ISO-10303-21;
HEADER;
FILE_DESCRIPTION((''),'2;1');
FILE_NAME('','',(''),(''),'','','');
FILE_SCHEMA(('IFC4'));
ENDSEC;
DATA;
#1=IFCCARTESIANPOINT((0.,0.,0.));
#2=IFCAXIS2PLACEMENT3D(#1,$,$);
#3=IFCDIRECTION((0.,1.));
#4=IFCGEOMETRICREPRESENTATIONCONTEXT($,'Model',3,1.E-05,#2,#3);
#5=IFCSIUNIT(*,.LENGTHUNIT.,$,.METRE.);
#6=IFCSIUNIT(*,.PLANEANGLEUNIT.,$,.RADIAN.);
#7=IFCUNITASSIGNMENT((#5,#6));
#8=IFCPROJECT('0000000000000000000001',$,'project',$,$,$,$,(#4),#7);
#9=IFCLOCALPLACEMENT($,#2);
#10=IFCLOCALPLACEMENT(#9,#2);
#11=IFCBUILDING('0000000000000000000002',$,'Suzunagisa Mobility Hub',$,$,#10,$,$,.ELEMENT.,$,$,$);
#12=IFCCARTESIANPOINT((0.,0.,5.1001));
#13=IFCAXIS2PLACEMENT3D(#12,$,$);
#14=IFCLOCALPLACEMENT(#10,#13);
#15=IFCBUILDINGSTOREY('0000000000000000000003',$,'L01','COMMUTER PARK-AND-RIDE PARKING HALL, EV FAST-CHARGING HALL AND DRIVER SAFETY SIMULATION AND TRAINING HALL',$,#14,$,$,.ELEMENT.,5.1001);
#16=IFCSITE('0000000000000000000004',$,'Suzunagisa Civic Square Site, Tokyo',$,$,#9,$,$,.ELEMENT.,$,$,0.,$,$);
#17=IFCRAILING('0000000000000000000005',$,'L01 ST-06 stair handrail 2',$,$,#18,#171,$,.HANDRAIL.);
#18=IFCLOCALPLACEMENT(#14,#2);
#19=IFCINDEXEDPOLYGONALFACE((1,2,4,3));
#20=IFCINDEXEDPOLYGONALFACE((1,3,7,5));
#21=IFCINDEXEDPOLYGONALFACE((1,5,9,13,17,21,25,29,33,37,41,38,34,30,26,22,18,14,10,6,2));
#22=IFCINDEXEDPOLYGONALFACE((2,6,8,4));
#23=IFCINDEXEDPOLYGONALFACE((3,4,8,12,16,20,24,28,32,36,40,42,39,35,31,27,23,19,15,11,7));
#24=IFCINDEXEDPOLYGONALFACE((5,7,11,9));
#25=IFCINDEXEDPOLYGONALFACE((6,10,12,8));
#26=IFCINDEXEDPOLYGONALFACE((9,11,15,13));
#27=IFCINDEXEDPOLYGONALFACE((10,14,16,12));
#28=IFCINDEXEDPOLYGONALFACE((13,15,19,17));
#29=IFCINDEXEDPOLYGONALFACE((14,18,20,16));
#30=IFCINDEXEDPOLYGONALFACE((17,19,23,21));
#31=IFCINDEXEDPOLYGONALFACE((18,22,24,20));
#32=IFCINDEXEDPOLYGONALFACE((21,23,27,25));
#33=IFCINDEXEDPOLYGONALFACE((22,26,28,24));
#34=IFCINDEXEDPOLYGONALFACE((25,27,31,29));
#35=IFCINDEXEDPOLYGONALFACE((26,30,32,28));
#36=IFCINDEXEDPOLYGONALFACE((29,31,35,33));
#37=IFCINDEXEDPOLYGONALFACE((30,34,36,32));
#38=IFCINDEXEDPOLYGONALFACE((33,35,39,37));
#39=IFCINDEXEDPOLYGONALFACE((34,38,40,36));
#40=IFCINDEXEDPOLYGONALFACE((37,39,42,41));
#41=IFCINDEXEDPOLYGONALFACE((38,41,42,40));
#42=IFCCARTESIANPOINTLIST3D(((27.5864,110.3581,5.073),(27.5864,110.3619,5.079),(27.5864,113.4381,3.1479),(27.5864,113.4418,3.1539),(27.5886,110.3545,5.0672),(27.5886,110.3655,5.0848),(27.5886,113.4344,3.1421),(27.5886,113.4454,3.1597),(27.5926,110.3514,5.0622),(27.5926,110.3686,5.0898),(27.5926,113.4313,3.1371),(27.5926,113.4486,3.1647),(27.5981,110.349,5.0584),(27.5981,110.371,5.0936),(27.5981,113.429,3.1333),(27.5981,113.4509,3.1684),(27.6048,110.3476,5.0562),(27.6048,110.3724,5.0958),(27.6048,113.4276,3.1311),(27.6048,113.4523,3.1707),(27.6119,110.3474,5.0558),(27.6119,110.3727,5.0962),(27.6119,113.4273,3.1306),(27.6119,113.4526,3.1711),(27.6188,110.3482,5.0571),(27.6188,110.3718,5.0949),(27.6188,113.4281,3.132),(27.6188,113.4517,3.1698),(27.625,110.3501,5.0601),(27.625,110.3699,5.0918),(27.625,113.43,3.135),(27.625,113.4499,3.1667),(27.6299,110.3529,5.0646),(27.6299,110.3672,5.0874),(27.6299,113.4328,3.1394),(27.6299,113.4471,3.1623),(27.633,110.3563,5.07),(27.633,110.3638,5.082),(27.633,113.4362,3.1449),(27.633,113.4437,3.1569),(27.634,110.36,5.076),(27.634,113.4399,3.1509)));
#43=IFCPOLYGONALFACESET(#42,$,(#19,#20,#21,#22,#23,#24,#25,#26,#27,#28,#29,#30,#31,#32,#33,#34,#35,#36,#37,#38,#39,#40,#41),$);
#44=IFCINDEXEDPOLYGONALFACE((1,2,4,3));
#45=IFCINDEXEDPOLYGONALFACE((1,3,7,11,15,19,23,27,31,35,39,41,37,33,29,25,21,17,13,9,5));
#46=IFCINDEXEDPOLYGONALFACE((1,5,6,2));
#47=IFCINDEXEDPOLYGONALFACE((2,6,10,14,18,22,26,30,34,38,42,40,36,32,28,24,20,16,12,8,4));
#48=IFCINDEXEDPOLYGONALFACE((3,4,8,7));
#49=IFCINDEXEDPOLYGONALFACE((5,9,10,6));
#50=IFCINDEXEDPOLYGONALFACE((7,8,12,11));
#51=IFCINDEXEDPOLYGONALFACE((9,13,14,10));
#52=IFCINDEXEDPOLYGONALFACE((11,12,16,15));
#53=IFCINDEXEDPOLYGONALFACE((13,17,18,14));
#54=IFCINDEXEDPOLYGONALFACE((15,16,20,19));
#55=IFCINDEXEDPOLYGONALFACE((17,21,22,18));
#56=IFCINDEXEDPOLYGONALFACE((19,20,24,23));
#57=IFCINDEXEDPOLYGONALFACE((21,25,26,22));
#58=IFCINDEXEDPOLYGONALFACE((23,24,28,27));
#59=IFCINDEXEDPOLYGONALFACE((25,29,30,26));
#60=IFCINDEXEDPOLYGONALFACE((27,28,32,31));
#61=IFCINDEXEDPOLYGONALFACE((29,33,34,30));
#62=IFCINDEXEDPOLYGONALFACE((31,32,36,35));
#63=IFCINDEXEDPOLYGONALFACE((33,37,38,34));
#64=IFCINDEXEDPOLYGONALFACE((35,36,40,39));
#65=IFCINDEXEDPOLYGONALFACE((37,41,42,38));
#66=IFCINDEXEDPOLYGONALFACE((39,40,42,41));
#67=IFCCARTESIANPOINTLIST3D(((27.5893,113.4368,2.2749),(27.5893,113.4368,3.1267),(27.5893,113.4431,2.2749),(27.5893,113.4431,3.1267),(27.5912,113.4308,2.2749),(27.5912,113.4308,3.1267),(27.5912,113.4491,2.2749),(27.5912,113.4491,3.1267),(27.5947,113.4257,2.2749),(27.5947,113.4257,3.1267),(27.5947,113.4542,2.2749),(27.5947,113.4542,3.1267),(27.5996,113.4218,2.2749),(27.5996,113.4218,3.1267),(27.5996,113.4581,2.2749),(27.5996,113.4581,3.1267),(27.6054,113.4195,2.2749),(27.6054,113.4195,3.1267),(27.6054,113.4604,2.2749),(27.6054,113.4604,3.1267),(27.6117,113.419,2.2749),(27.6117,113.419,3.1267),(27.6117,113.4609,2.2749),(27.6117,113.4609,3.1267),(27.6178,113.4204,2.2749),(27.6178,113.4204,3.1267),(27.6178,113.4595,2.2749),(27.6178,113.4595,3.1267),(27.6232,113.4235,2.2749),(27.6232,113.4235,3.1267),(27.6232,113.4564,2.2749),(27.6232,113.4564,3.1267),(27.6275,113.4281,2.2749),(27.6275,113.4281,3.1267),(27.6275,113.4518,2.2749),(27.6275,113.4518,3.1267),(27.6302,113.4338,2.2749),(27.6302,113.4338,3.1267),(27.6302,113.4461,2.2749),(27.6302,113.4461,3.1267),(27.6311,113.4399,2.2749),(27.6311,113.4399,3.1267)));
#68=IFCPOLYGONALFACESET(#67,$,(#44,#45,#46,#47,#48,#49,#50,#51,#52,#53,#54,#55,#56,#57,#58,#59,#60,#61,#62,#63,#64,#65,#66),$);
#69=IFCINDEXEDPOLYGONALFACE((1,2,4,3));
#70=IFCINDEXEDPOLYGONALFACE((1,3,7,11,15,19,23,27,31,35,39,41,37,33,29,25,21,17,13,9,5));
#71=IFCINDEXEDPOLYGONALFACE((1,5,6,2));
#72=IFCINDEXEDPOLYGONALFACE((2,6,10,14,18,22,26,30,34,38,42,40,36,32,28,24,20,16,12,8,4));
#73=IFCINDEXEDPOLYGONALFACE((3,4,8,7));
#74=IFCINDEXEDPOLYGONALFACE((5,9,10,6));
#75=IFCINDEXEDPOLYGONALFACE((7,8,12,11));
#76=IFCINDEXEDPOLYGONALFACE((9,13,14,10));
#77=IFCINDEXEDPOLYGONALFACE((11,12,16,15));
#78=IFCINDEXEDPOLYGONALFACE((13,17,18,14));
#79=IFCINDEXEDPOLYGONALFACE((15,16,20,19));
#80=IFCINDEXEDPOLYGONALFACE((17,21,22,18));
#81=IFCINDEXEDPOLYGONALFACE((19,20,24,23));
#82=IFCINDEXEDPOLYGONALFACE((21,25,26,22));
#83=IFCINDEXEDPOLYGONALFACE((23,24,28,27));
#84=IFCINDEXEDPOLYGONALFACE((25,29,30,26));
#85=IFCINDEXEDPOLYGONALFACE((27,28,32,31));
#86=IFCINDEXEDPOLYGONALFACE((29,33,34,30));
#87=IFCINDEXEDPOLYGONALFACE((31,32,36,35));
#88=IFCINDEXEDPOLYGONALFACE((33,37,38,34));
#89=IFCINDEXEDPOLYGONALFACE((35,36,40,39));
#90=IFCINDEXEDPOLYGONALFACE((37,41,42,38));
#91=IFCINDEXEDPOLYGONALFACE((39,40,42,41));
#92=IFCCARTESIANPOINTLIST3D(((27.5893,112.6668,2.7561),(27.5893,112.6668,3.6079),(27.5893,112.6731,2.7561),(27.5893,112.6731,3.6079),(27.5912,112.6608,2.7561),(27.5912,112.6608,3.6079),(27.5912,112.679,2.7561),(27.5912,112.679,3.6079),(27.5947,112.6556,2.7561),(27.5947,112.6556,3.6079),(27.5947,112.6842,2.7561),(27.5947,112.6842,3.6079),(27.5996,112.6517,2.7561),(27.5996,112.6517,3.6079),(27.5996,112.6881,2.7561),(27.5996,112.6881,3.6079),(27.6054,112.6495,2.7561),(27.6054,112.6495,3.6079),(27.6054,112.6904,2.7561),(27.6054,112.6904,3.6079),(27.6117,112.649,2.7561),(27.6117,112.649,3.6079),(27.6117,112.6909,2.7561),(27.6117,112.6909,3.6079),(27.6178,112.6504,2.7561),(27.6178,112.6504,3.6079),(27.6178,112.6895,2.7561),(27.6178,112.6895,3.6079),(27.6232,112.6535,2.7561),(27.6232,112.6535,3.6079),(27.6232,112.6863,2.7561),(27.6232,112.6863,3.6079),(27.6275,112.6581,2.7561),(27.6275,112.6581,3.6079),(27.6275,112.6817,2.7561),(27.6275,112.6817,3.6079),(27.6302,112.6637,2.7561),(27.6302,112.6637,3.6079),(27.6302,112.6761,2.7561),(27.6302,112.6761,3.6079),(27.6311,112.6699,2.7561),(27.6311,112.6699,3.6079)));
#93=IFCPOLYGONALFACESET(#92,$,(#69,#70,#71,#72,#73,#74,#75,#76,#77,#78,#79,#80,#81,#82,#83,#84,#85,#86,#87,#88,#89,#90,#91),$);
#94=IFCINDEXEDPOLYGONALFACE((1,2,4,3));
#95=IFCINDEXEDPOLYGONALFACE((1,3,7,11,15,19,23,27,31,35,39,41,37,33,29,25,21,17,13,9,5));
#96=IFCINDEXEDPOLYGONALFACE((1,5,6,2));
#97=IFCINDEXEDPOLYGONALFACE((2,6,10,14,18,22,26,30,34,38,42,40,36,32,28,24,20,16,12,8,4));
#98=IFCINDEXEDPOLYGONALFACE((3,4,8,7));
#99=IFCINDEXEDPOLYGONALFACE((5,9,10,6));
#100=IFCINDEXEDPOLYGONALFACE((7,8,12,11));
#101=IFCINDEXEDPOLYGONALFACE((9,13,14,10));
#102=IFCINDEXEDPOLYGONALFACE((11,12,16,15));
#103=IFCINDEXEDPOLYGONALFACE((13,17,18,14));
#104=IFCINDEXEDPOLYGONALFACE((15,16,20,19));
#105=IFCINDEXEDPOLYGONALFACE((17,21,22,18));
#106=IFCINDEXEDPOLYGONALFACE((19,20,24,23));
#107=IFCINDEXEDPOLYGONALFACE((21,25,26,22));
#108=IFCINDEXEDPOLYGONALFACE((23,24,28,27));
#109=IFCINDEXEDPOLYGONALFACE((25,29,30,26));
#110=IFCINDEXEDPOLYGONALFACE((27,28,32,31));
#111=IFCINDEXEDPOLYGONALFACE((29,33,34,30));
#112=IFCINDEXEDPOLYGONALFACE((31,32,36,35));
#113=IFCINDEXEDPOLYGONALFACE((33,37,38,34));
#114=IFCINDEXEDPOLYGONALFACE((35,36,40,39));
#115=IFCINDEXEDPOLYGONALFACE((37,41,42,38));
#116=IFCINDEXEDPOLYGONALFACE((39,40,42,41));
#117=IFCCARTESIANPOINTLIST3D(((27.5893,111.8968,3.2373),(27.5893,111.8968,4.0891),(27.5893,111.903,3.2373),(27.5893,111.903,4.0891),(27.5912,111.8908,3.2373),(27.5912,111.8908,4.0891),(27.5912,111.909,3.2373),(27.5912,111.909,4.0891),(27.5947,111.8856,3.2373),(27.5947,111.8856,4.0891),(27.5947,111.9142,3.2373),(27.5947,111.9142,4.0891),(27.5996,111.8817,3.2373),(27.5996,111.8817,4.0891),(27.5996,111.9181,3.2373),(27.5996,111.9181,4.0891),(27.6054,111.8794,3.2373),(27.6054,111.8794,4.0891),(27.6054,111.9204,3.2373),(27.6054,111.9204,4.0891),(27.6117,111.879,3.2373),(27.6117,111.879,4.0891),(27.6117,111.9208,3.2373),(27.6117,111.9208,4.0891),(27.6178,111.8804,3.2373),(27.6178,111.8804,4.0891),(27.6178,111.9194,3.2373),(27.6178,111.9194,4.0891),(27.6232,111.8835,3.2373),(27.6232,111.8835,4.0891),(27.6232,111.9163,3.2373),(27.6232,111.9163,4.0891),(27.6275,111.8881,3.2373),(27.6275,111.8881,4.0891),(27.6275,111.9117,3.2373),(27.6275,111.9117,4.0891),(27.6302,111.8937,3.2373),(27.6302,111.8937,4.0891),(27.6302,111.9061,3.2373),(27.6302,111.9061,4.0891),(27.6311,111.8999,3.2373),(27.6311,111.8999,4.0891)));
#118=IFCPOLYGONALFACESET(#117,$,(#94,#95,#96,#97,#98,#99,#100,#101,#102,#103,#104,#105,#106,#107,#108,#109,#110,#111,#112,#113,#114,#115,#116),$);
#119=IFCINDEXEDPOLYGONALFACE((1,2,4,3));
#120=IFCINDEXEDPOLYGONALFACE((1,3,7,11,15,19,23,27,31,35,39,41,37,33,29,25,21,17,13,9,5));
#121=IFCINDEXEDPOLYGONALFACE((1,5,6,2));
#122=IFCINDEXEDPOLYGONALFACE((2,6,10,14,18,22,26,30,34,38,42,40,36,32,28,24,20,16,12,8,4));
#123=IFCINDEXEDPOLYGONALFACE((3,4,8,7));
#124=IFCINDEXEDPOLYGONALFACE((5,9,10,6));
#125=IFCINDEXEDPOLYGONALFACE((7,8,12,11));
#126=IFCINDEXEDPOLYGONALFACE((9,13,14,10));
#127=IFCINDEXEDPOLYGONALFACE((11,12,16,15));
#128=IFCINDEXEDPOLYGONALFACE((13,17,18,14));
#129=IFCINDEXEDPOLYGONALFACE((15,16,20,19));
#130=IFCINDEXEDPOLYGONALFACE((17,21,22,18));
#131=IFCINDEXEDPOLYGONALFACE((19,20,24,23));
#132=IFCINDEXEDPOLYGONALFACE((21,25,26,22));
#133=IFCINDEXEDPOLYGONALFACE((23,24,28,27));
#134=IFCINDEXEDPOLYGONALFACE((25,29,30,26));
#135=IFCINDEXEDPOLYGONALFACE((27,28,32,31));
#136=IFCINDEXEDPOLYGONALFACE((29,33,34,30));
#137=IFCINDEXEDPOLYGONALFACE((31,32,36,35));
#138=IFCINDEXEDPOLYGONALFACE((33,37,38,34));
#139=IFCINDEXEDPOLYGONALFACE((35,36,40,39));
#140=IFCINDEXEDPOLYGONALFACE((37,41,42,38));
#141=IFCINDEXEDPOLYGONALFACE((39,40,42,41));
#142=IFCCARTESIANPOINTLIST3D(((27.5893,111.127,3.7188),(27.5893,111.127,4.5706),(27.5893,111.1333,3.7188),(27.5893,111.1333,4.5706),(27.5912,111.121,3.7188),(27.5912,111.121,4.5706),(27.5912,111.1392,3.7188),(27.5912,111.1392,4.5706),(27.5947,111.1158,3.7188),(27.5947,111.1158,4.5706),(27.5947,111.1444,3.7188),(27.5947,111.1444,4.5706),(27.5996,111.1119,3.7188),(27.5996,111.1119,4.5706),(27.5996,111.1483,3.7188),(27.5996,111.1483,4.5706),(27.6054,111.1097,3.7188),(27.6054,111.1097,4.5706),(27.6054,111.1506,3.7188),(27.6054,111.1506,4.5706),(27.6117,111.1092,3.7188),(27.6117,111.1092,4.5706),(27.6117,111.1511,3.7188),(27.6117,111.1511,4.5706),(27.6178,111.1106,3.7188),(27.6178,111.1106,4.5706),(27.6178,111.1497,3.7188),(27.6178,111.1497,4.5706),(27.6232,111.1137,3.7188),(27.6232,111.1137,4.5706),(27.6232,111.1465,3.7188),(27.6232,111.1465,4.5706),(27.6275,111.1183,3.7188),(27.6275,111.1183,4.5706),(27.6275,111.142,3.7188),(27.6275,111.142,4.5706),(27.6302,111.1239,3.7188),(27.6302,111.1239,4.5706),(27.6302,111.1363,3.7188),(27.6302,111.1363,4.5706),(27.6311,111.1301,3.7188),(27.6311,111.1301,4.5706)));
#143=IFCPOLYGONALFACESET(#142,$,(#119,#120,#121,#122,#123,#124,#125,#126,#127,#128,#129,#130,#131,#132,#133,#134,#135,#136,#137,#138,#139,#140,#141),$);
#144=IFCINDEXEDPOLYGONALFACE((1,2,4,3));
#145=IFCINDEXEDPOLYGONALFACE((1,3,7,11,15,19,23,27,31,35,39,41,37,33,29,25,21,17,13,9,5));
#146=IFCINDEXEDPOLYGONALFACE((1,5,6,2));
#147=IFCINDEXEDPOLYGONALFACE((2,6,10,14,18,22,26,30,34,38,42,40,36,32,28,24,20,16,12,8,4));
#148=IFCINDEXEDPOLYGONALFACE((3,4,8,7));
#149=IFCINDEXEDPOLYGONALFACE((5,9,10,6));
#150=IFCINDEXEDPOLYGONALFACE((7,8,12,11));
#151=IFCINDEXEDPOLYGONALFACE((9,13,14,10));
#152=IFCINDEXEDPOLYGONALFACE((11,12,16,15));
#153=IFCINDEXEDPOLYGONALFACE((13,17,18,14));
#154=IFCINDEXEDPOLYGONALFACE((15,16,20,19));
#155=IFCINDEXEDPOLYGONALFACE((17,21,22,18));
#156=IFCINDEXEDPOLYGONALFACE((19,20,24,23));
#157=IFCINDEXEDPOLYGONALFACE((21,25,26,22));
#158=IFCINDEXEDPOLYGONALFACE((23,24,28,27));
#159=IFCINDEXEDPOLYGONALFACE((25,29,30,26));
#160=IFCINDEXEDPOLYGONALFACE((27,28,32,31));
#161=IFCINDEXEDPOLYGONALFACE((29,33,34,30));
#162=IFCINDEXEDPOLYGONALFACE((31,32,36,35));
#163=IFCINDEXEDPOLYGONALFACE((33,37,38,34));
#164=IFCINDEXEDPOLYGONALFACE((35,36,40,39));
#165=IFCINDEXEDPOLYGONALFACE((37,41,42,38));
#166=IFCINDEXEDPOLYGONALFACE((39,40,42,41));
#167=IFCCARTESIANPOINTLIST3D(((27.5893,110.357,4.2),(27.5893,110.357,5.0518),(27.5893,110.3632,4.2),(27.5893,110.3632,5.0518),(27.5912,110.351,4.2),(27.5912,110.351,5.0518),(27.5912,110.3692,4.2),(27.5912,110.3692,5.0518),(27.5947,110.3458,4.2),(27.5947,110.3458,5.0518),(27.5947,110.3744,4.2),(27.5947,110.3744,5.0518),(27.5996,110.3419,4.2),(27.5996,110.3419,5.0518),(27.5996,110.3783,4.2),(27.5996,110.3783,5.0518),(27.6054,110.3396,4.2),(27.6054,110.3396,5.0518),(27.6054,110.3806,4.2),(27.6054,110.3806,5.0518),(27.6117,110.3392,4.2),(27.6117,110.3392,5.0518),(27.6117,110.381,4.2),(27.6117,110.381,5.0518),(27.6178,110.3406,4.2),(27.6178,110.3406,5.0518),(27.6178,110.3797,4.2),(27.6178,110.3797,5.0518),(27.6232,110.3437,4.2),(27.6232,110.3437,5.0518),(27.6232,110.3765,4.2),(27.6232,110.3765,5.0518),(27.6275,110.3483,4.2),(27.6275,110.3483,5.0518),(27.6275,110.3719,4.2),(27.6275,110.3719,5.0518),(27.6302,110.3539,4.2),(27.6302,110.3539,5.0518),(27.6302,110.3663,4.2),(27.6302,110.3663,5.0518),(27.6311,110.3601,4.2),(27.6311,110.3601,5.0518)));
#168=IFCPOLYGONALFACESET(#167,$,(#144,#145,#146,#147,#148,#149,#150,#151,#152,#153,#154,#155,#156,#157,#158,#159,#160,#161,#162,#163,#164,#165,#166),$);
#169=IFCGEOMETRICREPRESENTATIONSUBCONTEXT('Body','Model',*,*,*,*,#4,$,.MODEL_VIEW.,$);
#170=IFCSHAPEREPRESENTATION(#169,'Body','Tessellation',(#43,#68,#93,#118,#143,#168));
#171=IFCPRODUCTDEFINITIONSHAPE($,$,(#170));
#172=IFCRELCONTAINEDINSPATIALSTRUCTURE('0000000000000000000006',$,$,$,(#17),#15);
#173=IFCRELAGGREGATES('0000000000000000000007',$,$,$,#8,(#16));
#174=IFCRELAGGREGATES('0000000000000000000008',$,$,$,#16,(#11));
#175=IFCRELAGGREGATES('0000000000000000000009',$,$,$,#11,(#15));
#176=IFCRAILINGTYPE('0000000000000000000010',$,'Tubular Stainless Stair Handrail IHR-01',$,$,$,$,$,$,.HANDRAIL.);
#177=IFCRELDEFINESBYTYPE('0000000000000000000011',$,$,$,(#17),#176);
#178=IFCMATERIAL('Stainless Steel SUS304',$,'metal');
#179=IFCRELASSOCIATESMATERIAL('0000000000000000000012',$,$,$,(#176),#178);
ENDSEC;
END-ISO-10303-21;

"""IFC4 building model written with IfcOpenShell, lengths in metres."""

from ifc_helpers import new_model, si_unit, direction, frame, origin, origin_2d, place, context, subcontext, project, spatial, circle, extrude, material, type_object, element, save


model = new_model("IFC4")

# Units and contexts
model_context = context("Model", 3, precision=1e-05, world=origin(), true_north=direction((0.0, 1.0)))
body_context = subcontext(model_context, "Body", "Model", "MODEL_VIEW")
ifc_project = project(units=[si_unit("LENGTHUNIT", "METRE"), si_unit("PLANEANGLEUNIT", "RADIAN")], contexts=[model_context])

# Site, building, storey
site_placement = place(None, origin())
site = spatial("IfcSite", under=ifc_project, at=site_placement, Name="Suzunagisa Civic Square Site, Tokyo", CompositionType="ELEMENT", RefElevation=0.0)
building_placement = place(site_placement, origin())
building = spatial("IfcBuilding", under=site, at=building_placement, Name="Suzunagisa Mobility Hub", CompositionType="ELEMENT")
storey_placement = place(building_placement, frame((0.0, 0.0, 5.1001)))
storey = spatial("IfcBuildingStorey", under=building, at=storey_placement, Name="L01", Description="COMMUTER PARK-AND-RIDE PARKING HALL, EV FAST-CHARGING HALL AND DRIVER SAFETY SIMULATION AND TRAINING HALL", CompositionType="ELEMENT", Elevation=5.1001)

# Shared definitions
ifc_material_1 = material(Name="Stainless Steel SUS304", Category="metal")

# Railing
railing_type_1 = type_object("IfcRailingType", Name="Tubular Stainless Stair Handrail IHR-01", PredefinedType="HANDRAIL", material=ifc_material_1)
railing_1_placement = place(storey_placement, frame((27.6101, 113.4399, 2.2749)))
element("IfcRailing", 1, at=railing_1_placement, inside=storey, type_object=railing_type_1, Name="L01 ST-06 stair handrail 2", PredefinedType="HANDRAIL", context=body_context, shape_type="SweptSolid", body=[
    extrude(circle(Radius=0.0239, at=origin_2d()), frame((0.0, 0.0, 0.876), z_axis=(0.0, -0.847979, 0.530029), x_axis=(1.0, 0.0, 0.0)), (0.0, 0.0, 1.0), 3.6321),
    extrude(circle(Radius=0.021, at=origin_2d()), origin(), (0.0, 0.0, 1.0), 0.8518),
    extrude(circle(Radius=0.021, at=origin_2d()), frame((0.0, -0.77, 0.4812)), (0.0, 0.0, 1.0), 0.8518),
    extrude(circle(Radius=0.021, at=origin_2d()), frame((0.0, -1.54, 0.9624)), (0.0, 0.0, 1.0), 0.8518),
    extrude(circle(Radius=0.021, at=origin_2d()), frame((0.0, -2.3098, 1.4438)), (0.0, 0.0, 1.0), 0.8518),
    extrude(circle(Radius=0.021, at=origin_2d()), frame((0.0, -3.0798, 1.925)), (0.0, 0.0, 1.0), 0.8518),
])

save(model, "model.ifc")
